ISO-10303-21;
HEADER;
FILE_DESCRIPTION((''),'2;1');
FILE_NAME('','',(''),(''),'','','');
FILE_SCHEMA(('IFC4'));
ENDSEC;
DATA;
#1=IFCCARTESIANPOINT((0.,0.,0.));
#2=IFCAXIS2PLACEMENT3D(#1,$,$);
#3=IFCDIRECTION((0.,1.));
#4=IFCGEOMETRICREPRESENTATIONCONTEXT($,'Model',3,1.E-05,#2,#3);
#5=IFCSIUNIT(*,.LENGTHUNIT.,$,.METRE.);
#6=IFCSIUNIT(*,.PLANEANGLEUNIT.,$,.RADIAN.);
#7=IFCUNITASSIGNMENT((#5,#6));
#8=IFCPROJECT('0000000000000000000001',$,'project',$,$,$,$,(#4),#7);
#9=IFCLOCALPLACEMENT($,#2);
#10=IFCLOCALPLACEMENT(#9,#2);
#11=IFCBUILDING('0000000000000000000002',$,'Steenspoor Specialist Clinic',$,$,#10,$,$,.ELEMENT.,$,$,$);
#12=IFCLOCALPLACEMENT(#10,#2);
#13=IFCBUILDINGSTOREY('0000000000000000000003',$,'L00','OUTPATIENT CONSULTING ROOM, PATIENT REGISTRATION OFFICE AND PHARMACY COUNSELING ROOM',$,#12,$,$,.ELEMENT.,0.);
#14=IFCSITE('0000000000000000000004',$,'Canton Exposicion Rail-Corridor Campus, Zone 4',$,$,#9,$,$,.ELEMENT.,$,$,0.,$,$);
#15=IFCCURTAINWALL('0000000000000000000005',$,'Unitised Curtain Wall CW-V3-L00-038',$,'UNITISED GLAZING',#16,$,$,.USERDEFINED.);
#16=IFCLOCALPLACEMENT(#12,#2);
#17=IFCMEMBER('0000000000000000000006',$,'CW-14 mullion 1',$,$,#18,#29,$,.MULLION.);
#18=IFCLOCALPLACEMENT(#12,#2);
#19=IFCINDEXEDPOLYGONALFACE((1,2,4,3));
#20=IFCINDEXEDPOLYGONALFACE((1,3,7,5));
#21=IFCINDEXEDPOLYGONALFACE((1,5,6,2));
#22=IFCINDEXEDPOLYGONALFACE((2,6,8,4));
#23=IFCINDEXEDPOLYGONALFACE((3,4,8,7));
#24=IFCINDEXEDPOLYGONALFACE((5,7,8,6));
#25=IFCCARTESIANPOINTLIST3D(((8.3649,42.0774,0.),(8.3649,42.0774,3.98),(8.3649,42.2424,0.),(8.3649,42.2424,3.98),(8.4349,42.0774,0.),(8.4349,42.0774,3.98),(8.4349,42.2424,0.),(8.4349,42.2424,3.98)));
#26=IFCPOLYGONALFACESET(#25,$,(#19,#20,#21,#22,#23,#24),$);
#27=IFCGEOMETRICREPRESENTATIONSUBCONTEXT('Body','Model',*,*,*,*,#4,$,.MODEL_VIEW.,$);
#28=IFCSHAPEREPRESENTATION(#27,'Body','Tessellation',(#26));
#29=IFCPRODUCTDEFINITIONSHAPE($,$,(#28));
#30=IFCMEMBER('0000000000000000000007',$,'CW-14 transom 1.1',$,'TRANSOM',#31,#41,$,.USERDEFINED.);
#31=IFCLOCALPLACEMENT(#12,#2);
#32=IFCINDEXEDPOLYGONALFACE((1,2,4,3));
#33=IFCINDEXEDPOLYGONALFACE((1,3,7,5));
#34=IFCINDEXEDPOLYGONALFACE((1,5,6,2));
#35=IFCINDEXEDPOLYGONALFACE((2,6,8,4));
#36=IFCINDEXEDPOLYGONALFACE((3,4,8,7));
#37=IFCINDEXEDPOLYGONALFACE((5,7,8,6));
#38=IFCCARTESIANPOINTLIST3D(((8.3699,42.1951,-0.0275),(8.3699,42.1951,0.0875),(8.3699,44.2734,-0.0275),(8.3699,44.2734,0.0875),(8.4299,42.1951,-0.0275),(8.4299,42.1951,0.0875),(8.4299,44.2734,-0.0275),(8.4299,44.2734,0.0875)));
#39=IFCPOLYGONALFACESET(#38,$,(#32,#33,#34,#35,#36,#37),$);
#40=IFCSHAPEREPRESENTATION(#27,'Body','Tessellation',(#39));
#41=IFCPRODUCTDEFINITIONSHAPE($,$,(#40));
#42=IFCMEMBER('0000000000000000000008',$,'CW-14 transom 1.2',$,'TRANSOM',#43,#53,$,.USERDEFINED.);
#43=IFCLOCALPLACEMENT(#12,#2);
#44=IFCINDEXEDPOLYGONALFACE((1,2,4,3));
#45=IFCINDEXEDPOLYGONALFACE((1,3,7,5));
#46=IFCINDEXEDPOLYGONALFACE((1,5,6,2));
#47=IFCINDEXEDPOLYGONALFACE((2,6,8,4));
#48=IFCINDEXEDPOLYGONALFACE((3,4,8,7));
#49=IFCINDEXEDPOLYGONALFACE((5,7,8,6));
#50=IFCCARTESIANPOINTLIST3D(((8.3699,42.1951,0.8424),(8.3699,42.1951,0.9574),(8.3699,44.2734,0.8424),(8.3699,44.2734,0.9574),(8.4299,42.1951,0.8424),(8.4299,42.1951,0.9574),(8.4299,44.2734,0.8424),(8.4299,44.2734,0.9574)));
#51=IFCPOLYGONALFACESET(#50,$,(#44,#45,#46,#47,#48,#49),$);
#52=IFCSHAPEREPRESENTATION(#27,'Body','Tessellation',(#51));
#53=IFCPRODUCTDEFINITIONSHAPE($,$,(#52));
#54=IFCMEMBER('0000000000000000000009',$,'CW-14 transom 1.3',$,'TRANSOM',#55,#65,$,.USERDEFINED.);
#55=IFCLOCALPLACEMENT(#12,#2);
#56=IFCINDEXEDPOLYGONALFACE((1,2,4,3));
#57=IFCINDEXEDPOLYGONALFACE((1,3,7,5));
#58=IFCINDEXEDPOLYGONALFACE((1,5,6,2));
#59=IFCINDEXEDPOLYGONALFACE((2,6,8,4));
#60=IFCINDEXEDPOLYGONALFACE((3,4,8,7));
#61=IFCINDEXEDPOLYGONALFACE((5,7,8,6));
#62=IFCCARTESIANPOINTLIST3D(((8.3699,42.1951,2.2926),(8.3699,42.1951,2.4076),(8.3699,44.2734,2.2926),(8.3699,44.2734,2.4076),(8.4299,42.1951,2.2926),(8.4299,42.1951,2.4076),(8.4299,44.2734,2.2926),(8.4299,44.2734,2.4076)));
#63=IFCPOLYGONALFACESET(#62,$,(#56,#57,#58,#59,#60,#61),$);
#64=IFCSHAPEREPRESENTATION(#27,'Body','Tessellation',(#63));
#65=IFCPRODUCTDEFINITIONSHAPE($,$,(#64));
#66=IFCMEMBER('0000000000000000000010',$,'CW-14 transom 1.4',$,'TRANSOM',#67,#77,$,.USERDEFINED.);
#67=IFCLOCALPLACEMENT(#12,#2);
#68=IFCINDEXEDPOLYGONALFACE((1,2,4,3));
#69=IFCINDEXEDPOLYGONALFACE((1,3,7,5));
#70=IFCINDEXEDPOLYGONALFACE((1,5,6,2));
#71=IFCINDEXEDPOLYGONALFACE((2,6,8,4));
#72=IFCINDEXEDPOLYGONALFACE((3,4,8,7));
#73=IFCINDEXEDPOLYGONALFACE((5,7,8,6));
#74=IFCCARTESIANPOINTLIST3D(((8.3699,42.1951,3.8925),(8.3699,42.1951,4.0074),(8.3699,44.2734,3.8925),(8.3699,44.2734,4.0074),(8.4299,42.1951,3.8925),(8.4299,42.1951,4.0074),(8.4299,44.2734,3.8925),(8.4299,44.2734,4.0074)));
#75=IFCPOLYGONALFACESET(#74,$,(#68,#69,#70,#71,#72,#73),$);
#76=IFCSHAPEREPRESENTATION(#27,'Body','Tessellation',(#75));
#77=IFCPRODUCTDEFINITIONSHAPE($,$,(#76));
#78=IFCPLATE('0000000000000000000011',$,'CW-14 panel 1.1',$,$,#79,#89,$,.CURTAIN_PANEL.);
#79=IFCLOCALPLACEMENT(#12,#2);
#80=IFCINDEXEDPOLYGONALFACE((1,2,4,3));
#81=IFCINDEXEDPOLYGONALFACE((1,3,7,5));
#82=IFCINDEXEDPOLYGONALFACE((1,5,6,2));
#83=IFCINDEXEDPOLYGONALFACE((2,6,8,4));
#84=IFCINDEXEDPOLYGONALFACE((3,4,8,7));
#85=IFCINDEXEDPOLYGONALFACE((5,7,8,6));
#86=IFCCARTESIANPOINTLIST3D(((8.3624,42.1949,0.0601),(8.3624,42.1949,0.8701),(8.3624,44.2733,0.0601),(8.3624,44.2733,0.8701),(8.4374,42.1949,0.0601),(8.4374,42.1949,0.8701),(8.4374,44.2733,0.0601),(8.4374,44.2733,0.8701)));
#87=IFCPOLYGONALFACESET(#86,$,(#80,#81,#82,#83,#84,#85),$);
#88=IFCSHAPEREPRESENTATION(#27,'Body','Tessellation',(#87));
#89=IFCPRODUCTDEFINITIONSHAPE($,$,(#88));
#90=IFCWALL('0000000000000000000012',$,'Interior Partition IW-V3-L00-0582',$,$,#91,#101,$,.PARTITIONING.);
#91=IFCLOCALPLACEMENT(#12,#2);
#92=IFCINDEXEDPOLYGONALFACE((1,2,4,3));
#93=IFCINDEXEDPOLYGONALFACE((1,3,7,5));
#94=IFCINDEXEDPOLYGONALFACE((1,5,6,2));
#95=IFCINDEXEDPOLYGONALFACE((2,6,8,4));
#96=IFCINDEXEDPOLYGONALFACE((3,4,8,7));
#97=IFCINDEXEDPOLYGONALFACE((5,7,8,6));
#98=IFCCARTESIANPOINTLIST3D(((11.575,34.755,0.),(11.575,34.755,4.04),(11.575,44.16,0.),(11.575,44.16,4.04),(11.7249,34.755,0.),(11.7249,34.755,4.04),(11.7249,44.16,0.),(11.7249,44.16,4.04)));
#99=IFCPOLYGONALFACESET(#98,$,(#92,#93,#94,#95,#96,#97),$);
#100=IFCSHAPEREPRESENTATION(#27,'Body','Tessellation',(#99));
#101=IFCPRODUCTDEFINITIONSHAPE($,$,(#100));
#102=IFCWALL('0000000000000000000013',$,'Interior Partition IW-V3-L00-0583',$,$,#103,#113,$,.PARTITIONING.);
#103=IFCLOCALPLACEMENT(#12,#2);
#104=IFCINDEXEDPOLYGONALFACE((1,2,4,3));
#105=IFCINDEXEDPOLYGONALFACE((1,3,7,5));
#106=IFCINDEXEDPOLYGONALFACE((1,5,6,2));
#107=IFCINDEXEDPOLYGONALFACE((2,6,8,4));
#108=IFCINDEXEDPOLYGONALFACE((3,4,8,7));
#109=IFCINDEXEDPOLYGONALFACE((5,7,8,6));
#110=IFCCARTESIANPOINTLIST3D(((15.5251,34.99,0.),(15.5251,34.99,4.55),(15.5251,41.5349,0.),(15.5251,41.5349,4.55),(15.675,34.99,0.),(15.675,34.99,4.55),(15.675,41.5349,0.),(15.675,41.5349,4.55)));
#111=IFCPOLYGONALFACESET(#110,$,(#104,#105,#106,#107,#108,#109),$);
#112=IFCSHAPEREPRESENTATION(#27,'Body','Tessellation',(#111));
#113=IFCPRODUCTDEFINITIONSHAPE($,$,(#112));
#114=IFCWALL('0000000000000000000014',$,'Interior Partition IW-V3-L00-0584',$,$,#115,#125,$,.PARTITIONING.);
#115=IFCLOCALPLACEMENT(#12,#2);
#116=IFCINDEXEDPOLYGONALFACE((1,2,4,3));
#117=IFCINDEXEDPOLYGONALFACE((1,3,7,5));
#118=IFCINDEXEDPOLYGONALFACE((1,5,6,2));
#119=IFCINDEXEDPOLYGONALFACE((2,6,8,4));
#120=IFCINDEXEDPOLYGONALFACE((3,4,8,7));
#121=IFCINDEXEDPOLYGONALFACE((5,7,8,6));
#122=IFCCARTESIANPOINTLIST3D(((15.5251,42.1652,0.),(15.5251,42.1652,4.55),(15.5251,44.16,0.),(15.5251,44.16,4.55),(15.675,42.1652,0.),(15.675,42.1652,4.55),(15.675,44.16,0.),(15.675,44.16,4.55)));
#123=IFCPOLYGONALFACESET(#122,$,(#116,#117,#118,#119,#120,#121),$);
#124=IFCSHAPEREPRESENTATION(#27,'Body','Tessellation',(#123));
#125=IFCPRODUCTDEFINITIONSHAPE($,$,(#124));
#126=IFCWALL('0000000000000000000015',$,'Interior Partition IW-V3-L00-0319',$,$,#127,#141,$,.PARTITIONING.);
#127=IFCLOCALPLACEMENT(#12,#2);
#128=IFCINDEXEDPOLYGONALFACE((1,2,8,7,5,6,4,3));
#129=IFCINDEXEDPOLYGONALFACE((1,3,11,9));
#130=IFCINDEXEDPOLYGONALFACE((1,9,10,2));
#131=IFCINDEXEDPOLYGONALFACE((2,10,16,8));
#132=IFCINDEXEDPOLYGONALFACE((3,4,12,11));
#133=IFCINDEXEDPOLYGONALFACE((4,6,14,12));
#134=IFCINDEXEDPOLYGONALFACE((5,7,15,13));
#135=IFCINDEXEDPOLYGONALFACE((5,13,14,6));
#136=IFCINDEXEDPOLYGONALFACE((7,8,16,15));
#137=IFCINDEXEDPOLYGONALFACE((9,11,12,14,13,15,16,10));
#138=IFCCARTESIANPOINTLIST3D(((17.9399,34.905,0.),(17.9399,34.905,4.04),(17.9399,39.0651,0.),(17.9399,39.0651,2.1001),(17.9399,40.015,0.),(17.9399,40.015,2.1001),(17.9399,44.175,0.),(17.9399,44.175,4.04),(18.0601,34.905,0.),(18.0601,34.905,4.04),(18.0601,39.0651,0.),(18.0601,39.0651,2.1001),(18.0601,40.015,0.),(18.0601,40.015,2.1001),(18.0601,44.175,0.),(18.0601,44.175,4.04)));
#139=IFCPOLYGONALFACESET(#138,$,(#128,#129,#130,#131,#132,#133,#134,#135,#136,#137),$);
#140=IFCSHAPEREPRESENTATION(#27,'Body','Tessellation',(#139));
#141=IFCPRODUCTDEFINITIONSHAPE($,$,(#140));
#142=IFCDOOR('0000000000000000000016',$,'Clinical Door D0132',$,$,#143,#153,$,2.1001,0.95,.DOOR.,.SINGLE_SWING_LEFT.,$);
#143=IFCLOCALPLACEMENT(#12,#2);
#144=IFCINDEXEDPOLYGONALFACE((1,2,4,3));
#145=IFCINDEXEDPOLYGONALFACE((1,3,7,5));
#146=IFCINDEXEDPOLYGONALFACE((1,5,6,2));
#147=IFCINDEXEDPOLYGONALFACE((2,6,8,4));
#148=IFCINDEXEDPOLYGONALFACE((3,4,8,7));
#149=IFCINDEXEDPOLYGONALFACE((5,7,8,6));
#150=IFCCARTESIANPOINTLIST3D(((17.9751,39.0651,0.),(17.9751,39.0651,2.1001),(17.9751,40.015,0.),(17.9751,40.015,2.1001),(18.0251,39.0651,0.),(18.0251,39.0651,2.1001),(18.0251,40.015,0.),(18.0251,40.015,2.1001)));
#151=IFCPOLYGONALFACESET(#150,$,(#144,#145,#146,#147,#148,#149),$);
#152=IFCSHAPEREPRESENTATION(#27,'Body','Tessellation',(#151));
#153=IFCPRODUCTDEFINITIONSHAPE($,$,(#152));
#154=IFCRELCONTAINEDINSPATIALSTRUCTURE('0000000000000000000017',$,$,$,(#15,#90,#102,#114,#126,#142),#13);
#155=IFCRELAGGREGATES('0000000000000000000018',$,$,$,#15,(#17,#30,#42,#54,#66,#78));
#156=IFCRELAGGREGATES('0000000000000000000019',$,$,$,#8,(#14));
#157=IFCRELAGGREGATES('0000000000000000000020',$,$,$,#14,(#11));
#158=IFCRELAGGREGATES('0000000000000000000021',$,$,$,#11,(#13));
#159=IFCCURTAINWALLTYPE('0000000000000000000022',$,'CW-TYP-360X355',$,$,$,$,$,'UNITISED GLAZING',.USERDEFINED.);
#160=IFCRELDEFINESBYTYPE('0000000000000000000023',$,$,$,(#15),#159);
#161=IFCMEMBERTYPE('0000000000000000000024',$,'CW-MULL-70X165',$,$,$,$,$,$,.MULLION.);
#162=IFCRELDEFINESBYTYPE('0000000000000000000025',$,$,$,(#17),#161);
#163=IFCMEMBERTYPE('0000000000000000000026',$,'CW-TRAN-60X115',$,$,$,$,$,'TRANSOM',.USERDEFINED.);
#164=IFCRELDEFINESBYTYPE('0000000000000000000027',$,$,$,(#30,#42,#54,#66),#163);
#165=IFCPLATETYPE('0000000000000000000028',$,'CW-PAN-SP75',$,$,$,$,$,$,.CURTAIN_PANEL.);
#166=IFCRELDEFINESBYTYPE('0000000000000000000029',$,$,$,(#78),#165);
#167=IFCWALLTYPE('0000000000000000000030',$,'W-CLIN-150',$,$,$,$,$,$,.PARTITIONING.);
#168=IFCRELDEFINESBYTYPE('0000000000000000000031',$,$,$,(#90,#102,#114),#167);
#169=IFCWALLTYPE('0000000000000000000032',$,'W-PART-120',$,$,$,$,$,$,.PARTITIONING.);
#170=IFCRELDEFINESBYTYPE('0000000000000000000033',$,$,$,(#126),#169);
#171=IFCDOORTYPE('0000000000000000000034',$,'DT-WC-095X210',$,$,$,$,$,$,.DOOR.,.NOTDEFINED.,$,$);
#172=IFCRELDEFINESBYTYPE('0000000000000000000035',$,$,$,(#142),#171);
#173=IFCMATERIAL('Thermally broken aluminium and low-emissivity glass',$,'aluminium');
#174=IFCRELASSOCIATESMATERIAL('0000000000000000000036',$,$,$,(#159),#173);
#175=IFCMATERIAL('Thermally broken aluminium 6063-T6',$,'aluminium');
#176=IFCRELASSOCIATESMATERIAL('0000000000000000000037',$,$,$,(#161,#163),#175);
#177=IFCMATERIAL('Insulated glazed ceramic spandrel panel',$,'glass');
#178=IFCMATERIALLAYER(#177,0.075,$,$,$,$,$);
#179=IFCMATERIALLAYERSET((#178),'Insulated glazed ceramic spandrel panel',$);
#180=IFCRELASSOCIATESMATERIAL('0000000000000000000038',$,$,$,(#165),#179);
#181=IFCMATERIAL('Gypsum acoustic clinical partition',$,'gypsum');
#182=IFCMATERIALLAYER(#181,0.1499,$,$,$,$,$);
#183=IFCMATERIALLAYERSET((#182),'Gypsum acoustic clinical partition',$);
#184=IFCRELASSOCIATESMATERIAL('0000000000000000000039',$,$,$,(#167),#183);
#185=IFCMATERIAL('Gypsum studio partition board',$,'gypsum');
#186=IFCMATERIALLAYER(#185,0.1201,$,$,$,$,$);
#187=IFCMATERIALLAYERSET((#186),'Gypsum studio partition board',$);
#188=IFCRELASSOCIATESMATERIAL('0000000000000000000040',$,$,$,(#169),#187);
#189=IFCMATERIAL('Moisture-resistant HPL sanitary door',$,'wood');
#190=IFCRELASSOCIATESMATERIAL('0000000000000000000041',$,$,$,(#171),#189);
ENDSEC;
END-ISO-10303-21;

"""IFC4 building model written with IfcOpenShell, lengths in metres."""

from ifc_helpers import new_model, si_unit, direction, frame, frame_2d, origin, origin_2d, place, context, subcontext, project, spatial, rectangle, extrude, material, layer, layer_set, material_profile, profile_set, type_object, element, fill, aggregate, save


model = new_model("IFC4")

# Units and contexts
model_context = context("Model", 3, precision=1e-05, world=origin(), true_north=direction((0.0, 1.0)))
body_context = subcontext(model_context, "Body", "Model", "MODEL_VIEW")
ifc_project = project(units=[si_unit("LENGTHUNIT", "METRE"), si_unit("PLANEANGLEUNIT", "RADIAN")], contexts=[model_context])

# Site, building, storey
site_placement = place(None, origin())
site = spatial("IfcSite", under=ifc_project, at=site_placement, Name="Canton Exposicion Rail-Corridor Campus, Zone 4", CompositionType="ELEMENT", RefElevation=0.0)
building_placement = place(site_placement, origin())
building = spatial("IfcBuilding", under=site, at=building_placement, Name="Steenspoor Specialist Clinic", CompositionType="ELEMENT")
storey_placement = place(building_placement, origin())
storey = spatial("IfcBuildingStorey", under=building, at=storey_placement, Name="L00", Description="OUTPATIENT CONSULTING ROOM, PATIENT REGISTRATION OFFICE AND PHARMACY COUNSELING ROOM", CompositionType="ELEMENT", Elevation=0.0)

# Curtain wall, members, plate
ifc_material_1 = material(Name="Thermally broken aluminium and low-emissivity glass", Category="aluminium")
curtain_wall_type = type_object("IfcCurtainWallType", Name="CW-TYP-360X355", ElementType="UNITISED GLAZING", PredefinedType="USERDEFINED", material=ifc_material_1)
curtain_wall_placement = place(storey_placement, origin())
curtain_wall = element("IfcCurtainWall", 1, at=curtain_wall_placement, inside=storey, type_object=curtain_wall_type, Name="Unitised Curtain Wall CW-V3-L00-038", ObjectType="UNITISED GLAZING", PredefinedType="USERDEFINED")
ifc_material_2 = material(Name="Thermally broken aluminium 6063-T6", Category="aluminium")
ifc_material_profile_1 = material_profile(ifc_material_2, rectangle(XDim=0.0701, YDim=0.165, at=origin_2d()), Name="CWM-70X165")
ifc_profile_set_1 = profile_set([ifc_material_profile_1], Name="Thermally broken aluminium 6063-T6")
member_type_1 = type_object("IfcMemberType", Name="CW-MULL-70X165", PredefinedType="MULLION", material=ifc_profile_set_1)
member_1_placement = place(storey_placement, frame((8.3999, 42.1599, 0.0), z_axis=(0.0, 0.0, 1.0), x_axis=(-1.0, 0.0, 0.0)))
member_1 = element("IfcMember", 2, at=member_1_placement, type_object=member_type_1, Name="CW-14 mullion 1", PredefinedType="MULLION", context=body_context, shape_type="SweptSolid", body=[
    extrude(rectangle(XDim=0.0701, YDim=0.165, at=origin_2d()), origin(), (0.0, 0.0, 1.0), 3.98),
])
ifc_material_profile_2 = material_profile(ifc_material_2, rectangle(XDim=0.0601, YDim=0.115, at=origin_2d()), Name="CWT-60X115")
ifc_profile_set_2 = profile_set([ifc_material_profile_2], Name="Thermally broken aluminium 6063-T6")
member_type_2 = type_object("IfcMemberType", Name="CW-TRAN-60X115", ElementType="TRANSOM", PredefinedType="USERDEFINED", material=ifc_profile_set_2)
member_2_placement = place(storey_placement, frame((8.3999, 42.1951, 0.03), z_axis=(0.0, 1.0, 0.0), x_axis=(-1.0, 0.0, 0.0)))
member_2 = element("IfcMember", 3, at=member_2_placement, type_object=member_type_2, Name="CW-14 transom 1.1", ObjectType="TRANSOM", PredefinedType="USERDEFINED", context=body_context, shape_type="SweptSolid", body=[
    extrude(rectangle(XDim=0.0601, YDim=0.115, at=origin_2d()), origin(), (0.0, 0.0, 1.0), 2.0784),
])
member_3_placement = place(storey_placement, frame((8.3999, 42.1951, 0.8999), z_axis=(0.0, 1.0, 0.0), x_axis=(-1.0, 0.0, 0.0)))
member_3 = element("IfcMember", 4, at=member_3_placement, type_object=member_type_2, Name="CW-14 transom 1.2", ObjectType="TRANSOM", PredefinedType="USERDEFINED", context=body_context, shape_type="SweptSolid", body=[
    extrude(rectangle(XDim=0.0601, YDim=0.115, at=origin_2d()), origin(), (0.0, 0.0, 1.0), 2.0784),
])
member_4_placement = place(storey_placement, frame((8.3999, 42.1951, 2.3501), z_axis=(0.0, 1.0, 0.0), x_axis=(-1.0, 0.0, 0.0)))
member_4 = element("IfcMember", 5, at=member_4_placement, type_object=member_type_2, Name="CW-14 transom 1.3", ObjectType="TRANSOM", PredefinedType="USERDEFINED", context=body_context, shape_type="SweptSolid", body=[
    extrude(rectangle(XDim=0.0601, YDim=0.115, at=origin_2d()), origin(), (0.0, 0.0, 1.0), 2.0784),
])
member_5_placement = place(storey_placement, frame((8.3999, 42.1951, 3.95), z_axis=(0.0, 1.0, 0.0), x_axis=(-1.0, 0.0, 0.0)))
member_5 = element("IfcMember", 6, at=member_5_placement, type_object=member_type_2, Name="CW-14 transom 1.4", ObjectType="TRANSOM", PredefinedType="USERDEFINED", context=body_context, shape_type="SweptSolid", body=[
    extrude(rectangle(XDim=0.0601, YDim=0.115, at=origin_2d()), origin(), (0.0, 0.0, 1.0), 2.0784),
])
ifc_material_3 = material(Name="Insulated glazed ceramic spandrel panel", Category="glass")
ifc_layer_1 = layer(ifc_material_3, 0.075)
ifc_layer_set_1 = layer_set([ifc_layer_1], Name="Insulated glazed ceramic spandrel panel")
plate_type = type_object("IfcPlateType", Name="CW-PAN-SP75", PredefinedType="CURTAIN_PANEL", material=ifc_layer_set_1)
plate_placement = place(storey_placement, frame((8.3999, 43.2341, 0.0601), z_axis=(0.0, 0.0, 1.0), x_axis=(0.0, 1.0, 0.0)))
plate = element("IfcPlate", 7, at=plate_placement, type_object=plate_type, Name="CW-14 panel 1.1", PredefinedType="CURTAIN_PANEL", context=body_context, shape_type="SweptSolid", body=[
    extrude(rectangle(XDim=2.0784, YDim=0.075, at=origin_2d()), origin(), (0.0, 0.0, 1.0), 0.8101),
])
aggregate(curtain_wall, [member_1, member_2, member_3, member_4, member_5, plate])

# Walls
ifc_material_4 = material(Name="Gypsum acoustic clinical partition", Category="gypsum")
ifc_layer_2 = layer(ifc_material_4, 0.1499)
ifc_layer_set_2 = layer_set([ifc_layer_2], Name="Gypsum acoustic clinical partition")
wall_type_1 = type_object("IfcWallType", Name="W-CLIN-150", PredefinedType="PARTITIONING", material=ifc_layer_set_2)
wall_1_placement = place(storey_placement, frame((11.6499, 34.7549, 0.0), z_axis=(0.0, 0.0, 1.0), x_axis=(0.0, 1.0, 0.0)))
element("IfcWall", 8, at=wall_1_placement, inside=storey, type_object=wall_type_1, Name="Interior Partition IW-V3-L00-0582", PredefinedType="PARTITIONING", context=body_context, shape_type="SweptSolid", body=[
    extrude(rectangle(XDim=9.405, YDim=0.1499, at=frame_2d((4.7026, 0.0))), origin(), (0.0, 0.0, 1.0), 4.04),
])
wall_2_placement = place(storey_placement, frame((15.6001, 34.99, 0.0), z_axis=(0.0, 0.0, 1.0), x_axis=(0.0, 1.0, 0.0)))
element("IfcWall", 9, at=wall_2_placement, inside=storey, type_object=wall_type_1, Name="Interior Partition IW-V3-L00-0583", PredefinedType="PARTITIONING", context=body_context, shape_type="SweptSolid", body=[
    extrude(rectangle(XDim=6.5449, YDim=0.1499, at=frame_2d((3.2725, 0.0))), origin(), (0.0, 0.0, 1.0), 4.55),
])
wall_3_placement = place(storey_placement, frame((15.6001, 42.165, 0.0), z_axis=(0.0, 0.0, 1.0), x_axis=(0.0, 1.0, 0.0)))
element("IfcWall", 10, at=wall_3_placement, inside=storey, type_object=wall_type_1, Name="Interior Partition IW-V3-L00-0584", PredefinedType="PARTITIONING", context=body_context, shape_type="SweptSolid", body=[
    extrude(rectangle(XDim=1.9949, YDim=0.1499, at=frame_2d((0.9976, 0.0))), origin(), (0.0, 0.0, 1.0), 4.55),
])

# Wall, opening, door
ifc_material_5 = material(Name="Gypsum studio partition board", Category="gypsum")
ifc_layer_3 = layer(ifc_material_5, 0.1201)
ifc_layer_set_3 = layer_set([ifc_layer_3], Name="Gypsum studio partition board")
wall_type_2 = type_object("IfcWallType", Name="W-PART-120", PredefinedType="PARTITIONING", material=ifc_layer_set_3)
wall_4_placement = place(storey_placement, frame((18.0, 34.905, 0.0), z_axis=(0.0, 0.0, 1.0), x_axis=(0.0, 1.0, 0.0)))
wall_4 = element("IfcWall", 11, at=wall_4_placement, inside=storey, type_object=wall_type_2, Name="Interior Partition IW-V3-L00-0319", PredefinedType="PARTITIONING", context=body_context, shape_type="SweptSolid", body=[
    extrude(rectangle(XDim=9.27, YDim=0.1201, at=frame_2d((4.635, 0.0))), origin(), (0.0, 0.0, 1.0), 4.04),
])
opening_placement = place(wall_4_placement, frame((4.1599, 0.0, 0.0)))
opening = element("IfcOpeningElement", 12, at=opening_placement, cuts=wall_4, PredefinedType="OPENING", context=body_context, shape_type="SweptSolid", body=[
    extrude(rectangle(XDim=0.95, YDim=2.1001, at=frame_2d((0.4751, 1.05))), frame((0.0, 0.0701, 0.0), z_axis=(0.0, -1.0, 0.0), x_axis=(1.0, 0.0, 0.0)), (0.0, 0.0, 1.0), 0.1401),
])
ifc_material_6 = material(Name="Moisture-resistant HPL sanitary door", Category="wood")
door_type = type_object("IfcDoorType", Name="DT-WC-095X210", OperationType="NOTDEFINED", PredefinedType="DOOR", material=ifc_material_6)
door_placement = place(opening_placement, origin())
door = element("IfcDoor", 13, at=door_placement, inside=storey, type_object=door_type, Name="Clinical Door D0132", OperationType="SINGLE_SWING_LEFT", OverallHeight=2.1001, OverallWidth=0.95, PredefinedType="DOOR", context=body_context, shape_type="SweptSolid", body=[
    extrude(rectangle(XDim=0.95, YDim=2.1001, at=frame_2d((0.4751, 1.05))), frame((0.0, 0.0249, 0.0), z_axis=(0.0, -1.0, 0.0), x_axis=(1.0, 0.0, 0.0)), (0.0, 0.0, 1.0), 0.05),
])
fill(opening, door)

save(model, "model.ifc")
